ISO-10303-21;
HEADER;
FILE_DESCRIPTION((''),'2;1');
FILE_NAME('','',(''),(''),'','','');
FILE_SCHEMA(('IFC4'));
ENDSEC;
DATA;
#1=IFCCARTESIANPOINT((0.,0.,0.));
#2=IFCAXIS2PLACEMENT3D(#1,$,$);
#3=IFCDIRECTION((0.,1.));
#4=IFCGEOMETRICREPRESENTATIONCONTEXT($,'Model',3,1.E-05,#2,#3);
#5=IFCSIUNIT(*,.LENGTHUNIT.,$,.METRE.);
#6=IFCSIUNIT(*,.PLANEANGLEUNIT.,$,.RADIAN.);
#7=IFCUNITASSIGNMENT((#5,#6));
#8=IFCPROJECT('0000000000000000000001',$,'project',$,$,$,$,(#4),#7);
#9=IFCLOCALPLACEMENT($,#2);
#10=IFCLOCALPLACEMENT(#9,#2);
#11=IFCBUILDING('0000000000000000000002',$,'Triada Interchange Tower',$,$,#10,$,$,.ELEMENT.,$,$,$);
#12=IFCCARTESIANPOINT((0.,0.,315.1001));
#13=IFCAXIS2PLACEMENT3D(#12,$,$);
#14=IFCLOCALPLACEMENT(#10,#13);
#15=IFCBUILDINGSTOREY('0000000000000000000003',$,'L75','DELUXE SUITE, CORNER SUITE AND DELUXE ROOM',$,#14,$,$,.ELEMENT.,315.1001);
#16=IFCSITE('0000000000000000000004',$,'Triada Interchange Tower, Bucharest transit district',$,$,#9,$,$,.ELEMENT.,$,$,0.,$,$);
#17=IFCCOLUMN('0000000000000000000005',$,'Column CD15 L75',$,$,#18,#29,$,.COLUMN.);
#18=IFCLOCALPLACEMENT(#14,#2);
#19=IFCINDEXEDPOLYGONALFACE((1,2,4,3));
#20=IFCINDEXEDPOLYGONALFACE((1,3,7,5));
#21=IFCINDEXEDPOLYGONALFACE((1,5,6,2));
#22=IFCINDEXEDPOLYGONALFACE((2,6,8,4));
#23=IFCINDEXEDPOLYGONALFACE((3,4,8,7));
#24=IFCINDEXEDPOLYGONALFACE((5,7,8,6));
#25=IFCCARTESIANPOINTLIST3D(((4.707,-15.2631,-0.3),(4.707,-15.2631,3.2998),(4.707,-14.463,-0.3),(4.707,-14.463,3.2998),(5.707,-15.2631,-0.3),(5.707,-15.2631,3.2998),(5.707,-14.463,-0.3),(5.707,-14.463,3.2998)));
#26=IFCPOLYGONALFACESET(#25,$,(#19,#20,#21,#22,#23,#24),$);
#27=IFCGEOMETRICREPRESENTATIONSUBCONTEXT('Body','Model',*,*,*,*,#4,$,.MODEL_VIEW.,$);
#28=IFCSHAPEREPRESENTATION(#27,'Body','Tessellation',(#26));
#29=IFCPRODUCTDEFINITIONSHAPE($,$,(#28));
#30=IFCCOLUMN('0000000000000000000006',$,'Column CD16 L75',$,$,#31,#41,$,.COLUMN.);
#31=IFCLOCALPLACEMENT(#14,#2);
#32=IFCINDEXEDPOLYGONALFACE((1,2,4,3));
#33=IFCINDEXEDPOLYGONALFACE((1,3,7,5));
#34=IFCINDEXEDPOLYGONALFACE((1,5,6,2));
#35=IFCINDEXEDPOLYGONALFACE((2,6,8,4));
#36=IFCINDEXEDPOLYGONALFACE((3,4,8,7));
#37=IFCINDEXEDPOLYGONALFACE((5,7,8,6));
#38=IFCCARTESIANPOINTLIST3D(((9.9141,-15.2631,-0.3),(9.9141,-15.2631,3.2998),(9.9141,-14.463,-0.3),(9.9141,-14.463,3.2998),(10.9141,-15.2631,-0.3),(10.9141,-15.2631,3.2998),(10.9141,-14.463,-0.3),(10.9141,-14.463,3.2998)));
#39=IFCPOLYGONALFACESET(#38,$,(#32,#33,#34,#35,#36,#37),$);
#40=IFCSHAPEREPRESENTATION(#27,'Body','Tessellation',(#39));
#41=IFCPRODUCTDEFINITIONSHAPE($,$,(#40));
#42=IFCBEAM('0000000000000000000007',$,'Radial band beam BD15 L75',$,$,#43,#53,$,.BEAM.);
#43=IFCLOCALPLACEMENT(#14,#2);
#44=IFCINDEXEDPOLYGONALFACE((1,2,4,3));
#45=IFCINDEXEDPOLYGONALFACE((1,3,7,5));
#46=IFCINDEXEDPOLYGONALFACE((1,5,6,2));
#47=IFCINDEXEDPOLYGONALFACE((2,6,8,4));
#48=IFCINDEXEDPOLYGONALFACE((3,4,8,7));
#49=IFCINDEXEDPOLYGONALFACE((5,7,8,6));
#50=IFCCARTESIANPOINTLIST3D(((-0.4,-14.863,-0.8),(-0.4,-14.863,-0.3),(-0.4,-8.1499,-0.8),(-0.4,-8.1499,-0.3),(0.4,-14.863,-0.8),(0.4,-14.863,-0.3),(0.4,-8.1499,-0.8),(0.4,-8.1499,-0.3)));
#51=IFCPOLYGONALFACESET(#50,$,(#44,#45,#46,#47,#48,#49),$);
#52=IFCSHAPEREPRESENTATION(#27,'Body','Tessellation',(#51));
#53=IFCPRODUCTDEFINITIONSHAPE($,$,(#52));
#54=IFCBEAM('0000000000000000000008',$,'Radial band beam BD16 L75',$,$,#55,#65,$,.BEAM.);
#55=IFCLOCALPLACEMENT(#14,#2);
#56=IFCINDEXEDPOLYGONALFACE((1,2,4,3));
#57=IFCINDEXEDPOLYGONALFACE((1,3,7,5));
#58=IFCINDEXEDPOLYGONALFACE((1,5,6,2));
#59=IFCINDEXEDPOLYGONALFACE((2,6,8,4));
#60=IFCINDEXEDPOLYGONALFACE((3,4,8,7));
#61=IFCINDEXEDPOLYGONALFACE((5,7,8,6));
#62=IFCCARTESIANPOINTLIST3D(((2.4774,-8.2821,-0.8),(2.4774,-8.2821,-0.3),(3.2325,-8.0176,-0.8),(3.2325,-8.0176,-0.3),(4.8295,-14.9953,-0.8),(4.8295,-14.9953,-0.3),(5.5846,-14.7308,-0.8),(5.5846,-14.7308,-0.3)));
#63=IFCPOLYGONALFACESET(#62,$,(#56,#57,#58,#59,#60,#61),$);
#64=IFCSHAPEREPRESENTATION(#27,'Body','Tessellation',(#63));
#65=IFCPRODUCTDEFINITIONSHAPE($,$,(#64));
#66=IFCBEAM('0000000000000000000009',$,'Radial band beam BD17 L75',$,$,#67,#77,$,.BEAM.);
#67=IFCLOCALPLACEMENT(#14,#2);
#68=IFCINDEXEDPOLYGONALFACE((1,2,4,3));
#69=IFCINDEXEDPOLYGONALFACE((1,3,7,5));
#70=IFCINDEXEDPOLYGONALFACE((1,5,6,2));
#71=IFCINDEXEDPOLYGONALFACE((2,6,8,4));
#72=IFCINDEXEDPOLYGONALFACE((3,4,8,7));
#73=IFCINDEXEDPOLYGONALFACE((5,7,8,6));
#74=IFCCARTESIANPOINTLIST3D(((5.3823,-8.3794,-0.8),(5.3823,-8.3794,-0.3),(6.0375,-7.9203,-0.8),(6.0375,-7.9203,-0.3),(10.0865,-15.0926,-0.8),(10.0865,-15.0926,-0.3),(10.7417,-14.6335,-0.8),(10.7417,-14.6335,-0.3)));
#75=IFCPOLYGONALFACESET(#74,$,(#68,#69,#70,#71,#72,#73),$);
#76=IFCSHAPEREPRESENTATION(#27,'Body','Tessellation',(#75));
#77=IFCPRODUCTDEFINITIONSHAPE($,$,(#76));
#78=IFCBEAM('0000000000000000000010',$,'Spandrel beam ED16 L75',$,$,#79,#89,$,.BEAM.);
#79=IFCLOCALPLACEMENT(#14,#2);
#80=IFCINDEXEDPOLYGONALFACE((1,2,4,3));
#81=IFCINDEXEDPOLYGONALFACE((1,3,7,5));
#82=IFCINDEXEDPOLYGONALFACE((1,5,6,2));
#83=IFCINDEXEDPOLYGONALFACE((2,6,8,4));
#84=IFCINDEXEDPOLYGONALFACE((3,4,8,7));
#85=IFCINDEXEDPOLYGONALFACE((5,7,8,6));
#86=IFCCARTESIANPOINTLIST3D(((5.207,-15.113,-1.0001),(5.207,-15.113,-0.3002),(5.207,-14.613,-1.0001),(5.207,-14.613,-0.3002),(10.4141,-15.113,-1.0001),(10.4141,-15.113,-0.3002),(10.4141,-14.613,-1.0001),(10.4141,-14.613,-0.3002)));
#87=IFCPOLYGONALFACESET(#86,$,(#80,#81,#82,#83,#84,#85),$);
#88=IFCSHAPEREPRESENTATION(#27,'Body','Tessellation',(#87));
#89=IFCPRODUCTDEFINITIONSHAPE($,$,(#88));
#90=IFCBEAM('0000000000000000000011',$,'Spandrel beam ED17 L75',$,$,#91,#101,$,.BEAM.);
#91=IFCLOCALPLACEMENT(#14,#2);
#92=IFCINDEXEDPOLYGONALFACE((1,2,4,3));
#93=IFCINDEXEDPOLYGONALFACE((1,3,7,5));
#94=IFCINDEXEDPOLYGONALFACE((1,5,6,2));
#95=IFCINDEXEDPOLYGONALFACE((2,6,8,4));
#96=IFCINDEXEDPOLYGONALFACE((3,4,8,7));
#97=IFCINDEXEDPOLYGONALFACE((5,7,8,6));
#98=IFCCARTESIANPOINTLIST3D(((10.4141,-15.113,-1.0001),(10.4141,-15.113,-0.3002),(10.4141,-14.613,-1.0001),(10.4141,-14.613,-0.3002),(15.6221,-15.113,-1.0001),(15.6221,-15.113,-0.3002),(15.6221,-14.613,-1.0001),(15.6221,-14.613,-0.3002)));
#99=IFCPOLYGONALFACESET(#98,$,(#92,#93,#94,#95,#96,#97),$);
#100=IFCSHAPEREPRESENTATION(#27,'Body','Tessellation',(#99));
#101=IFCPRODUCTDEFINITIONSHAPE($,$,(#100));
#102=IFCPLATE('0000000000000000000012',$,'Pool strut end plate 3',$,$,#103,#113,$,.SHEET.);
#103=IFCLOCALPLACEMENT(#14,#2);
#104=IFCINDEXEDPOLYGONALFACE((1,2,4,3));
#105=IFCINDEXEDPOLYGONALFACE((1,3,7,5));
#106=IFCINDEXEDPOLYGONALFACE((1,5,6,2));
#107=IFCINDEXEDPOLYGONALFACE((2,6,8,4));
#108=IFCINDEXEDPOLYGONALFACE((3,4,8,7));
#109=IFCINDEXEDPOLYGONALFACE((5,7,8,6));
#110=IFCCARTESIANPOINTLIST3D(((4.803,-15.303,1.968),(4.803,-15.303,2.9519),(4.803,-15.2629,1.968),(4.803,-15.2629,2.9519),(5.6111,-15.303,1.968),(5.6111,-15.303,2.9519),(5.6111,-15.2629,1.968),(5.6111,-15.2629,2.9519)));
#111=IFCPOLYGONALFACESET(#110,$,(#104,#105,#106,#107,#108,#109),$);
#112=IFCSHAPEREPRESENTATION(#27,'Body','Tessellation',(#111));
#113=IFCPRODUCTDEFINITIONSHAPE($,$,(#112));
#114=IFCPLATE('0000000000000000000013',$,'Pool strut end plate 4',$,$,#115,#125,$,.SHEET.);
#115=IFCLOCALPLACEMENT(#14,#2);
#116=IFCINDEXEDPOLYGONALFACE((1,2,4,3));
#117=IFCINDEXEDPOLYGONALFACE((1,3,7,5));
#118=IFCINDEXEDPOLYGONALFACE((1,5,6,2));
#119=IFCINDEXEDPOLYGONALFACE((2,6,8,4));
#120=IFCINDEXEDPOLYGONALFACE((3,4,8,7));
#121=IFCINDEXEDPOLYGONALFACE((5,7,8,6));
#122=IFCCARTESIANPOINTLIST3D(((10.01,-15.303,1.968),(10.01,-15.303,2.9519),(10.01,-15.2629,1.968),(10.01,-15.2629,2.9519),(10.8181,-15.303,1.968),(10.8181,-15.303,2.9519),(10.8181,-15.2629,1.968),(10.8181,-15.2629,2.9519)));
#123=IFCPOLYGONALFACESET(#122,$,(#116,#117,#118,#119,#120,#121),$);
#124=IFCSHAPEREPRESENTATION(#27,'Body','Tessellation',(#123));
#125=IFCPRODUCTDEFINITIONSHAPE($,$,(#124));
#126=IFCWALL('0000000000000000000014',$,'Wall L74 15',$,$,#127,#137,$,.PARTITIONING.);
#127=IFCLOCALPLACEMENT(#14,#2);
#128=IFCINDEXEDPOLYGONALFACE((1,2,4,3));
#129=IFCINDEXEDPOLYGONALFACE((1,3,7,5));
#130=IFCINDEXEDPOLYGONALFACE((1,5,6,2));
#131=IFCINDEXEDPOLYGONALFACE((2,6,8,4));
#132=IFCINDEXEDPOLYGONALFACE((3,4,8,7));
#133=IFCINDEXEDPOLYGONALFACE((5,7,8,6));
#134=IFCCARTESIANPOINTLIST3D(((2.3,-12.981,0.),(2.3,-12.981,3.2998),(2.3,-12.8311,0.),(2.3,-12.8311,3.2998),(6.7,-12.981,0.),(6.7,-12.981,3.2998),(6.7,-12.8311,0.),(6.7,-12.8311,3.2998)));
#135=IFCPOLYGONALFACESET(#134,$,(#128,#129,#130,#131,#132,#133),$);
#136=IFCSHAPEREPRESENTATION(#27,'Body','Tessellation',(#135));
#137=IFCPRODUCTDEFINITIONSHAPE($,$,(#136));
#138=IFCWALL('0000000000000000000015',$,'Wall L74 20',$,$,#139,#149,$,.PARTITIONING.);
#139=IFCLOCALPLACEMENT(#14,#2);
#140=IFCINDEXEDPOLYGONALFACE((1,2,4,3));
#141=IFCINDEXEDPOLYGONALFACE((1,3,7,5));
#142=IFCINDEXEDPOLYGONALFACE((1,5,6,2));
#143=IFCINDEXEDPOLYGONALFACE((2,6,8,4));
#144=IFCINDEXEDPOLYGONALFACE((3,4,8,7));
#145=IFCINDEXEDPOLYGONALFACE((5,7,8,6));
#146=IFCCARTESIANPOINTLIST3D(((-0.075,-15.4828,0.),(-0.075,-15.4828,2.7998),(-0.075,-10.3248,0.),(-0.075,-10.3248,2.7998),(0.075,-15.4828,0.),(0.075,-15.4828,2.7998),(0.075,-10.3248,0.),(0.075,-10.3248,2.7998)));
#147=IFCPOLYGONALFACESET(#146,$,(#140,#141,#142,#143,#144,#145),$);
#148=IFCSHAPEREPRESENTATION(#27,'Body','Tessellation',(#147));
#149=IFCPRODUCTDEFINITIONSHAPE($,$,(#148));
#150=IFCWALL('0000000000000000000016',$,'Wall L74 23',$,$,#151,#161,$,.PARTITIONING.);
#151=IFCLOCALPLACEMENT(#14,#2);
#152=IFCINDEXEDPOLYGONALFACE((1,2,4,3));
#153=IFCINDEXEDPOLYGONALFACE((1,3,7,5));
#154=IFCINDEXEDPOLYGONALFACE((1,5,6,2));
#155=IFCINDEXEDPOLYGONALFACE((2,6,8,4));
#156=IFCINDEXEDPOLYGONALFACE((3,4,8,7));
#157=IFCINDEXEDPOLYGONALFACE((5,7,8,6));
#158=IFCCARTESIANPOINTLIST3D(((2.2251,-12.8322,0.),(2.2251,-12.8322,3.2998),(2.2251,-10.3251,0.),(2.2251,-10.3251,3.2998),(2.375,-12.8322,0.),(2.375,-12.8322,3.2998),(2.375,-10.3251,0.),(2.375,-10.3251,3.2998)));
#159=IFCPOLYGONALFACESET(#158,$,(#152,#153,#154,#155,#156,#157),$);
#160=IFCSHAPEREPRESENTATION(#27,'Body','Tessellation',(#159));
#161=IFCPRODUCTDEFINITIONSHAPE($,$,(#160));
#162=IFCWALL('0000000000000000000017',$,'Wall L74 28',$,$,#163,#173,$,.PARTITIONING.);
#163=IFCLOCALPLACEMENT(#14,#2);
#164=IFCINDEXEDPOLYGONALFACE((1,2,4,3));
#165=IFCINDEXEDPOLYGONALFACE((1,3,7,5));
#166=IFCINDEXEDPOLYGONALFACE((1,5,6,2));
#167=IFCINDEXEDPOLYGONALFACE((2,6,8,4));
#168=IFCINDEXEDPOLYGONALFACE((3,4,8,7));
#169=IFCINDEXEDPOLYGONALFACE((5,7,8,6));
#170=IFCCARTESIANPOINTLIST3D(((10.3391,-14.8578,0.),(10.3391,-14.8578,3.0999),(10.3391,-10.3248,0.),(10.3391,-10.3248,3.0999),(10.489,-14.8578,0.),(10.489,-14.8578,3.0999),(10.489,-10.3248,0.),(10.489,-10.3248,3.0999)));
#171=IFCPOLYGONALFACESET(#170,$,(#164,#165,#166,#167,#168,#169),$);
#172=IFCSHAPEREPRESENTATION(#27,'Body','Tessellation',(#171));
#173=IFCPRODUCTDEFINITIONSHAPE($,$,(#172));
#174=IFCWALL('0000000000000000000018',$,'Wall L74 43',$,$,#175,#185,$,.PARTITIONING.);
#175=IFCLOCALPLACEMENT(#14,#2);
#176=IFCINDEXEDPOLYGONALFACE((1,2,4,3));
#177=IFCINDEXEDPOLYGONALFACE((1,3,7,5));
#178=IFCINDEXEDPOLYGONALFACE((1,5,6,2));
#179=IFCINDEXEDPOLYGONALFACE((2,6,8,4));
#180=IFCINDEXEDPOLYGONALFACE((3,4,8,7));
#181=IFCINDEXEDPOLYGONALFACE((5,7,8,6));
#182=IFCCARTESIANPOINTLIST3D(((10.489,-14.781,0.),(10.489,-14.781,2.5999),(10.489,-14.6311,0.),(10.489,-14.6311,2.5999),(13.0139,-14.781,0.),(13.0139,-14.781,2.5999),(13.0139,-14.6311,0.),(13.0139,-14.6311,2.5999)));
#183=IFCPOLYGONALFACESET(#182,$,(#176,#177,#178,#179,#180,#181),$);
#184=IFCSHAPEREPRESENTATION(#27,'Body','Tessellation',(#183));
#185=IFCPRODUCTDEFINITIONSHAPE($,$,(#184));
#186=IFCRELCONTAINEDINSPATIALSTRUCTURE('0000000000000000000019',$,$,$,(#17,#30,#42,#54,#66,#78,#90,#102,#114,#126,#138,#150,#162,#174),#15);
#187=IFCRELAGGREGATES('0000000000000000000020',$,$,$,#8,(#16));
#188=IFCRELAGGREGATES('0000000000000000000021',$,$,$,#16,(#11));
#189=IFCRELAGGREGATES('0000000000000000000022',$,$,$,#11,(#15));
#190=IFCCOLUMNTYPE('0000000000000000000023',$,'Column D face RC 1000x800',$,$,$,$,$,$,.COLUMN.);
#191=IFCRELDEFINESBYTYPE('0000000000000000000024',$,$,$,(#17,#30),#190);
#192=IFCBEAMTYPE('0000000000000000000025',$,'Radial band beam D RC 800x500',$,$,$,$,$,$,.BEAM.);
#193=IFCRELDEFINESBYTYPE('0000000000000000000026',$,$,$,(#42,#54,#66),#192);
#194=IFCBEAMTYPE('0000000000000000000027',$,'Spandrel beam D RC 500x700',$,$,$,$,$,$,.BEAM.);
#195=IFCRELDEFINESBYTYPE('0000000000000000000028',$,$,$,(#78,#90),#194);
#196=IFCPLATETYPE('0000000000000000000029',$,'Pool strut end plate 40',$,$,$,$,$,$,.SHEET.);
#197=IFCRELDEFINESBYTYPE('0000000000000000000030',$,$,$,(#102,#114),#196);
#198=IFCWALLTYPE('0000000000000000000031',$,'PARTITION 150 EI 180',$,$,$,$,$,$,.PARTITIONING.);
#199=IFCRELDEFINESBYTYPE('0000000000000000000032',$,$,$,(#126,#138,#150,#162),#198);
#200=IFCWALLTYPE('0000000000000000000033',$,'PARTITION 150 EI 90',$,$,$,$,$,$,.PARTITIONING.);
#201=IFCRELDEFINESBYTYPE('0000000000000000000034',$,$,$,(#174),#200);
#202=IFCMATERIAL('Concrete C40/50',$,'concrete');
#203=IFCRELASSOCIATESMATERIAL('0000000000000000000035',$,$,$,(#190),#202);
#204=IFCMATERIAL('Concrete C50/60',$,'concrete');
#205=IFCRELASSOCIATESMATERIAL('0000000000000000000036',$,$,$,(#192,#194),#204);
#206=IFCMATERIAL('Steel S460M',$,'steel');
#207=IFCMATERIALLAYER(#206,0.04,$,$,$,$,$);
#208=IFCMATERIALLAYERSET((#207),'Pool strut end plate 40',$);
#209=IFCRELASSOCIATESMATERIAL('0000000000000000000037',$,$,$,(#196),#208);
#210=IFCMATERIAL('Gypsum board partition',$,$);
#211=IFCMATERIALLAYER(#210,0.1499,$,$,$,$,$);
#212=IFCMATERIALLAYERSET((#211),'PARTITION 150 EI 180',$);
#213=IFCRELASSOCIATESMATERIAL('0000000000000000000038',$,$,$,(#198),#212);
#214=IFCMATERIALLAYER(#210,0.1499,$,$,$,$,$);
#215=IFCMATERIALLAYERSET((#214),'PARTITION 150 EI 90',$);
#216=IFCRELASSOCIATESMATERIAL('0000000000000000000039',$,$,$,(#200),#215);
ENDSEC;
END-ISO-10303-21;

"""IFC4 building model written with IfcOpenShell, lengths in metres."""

from ifc_helpers import new_model, si_unit, direction, frame, frame_2d, origin, origin_2d, place, context, subcontext, project, spatial, rectangle, extrude, material, layer, layer_set, material_profile, profile_set, type_object, element, save


model = new_model("IFC4")

# Units and contexts
model_context = context("Model", 3, precision=1e-05, world=origin(), true_north=direction((0.0, 1.0)))
body_context = subcontext(model_context, "Body", "Model", "MODEL_VIEW")
ifc_project = project(units=[si_unit("LENGTHUNIT", "METRE"), si_unit("PLANEANGLEUNIT", "RADIAN")], contexts=[model_context])

# Site, building, storey
site_placement = place(None, origin())
site = spatial("IfcSite", under=ifc_project, at=site_placement, Name="Triada Interchange Tower, Bucharest transit district", CompositionType="ELEMENT", RefElevation=0.0)
building_placement = place(site_placement, origin())
building = spatial("IfcBuilding", under=site, at=building_placement, Name="Triada Interchange Tower", CompositionType="ELEMENT")
storey_placement = place(building_placement, frame((0.0, 0.0, 315.1001)))
storey = spatial("IfcBuildingStorey", under=building, at=storey_placement, Name="L75", Description="DELUXE SUITE, CORNER SUITE AND DELUXE ROOM", CompositionType="ELEMENT", Elevation=315.1001)

# Columns
ifc_material_1 = material(Name="Concrete C40/50", Category="concrete")
ifc_material_profile_1 = material_profile(ifc_material_1, rectangle(XDim=1.0, YDim=0.8, at=origin_2d()), Name="RC 1000x800")
ifc_profile_set_1 = profile_set([ifc_material_profile_1], Name="Concrete C40/50")
column_type = type_object("IfcColumnType", Name="Column D face RC 1000x800", PredefinedType="COLUMN", material=ifc_profile_set_1)
for number, where, z_axis, x_axis, name in (
    (1, (5.207, -14.863, -0.3), (0.0, 0.0, 1.0), (1.0, 0.0, 0.0), "Column CD15 L75"),
    (2, (10.4141, -14.863, -0.3), (0.0, 0.0, 1.0), (1.0, 0.0, 0.0), "Column CD16 L75"),
):
    element("IfcColumn", number, at=place(storey_placement, frame(where, z_axis=z_axis, x_axis=x_axis)), inside=storey, type_object=column_type, Name=name, PredefinedType="COLUMN", context=body_context, shape_type="SweptSolid", body=[
        extrude(rectangle(XDim=1.0, YDim=0.8, at=origin_2d()), origin(), (0.0, 0.0, 1.0), 3.5999),
    ])

# Beams
ifc_material_2 = material(Name="Concrete C50/60", Category="concrete")
ifc_material_profile_2 = material_profile(ifc_material_2, rectangle(XDim=0.8, YDim=0.5, at=origin_2d()), Name="RC 800x500")
ifc_profile_set_2 = profile_set([ifc_material_profile_2], Name="Concrete C50/60")
beam_type_1 = type_object("IfcBeamType", Name="Radial band beam D RC 800x500", PredefinedType="BEAM", material=ifc_profile_set_2)
beam_1_placement = place(storey_placement, frame((0.0, -14.863, -0.55), z_axis=(0.0, 1.0, 0.0), x_axis=(-1.0, 0.0, 0.0)))
element("IfcBeam", 3, at=beam_1_placement, inside=storey, type_object=beam_type_1, Name="Radial band beam BD15 L75", PredefinedType="BEAM", context=body_context, shape_type="SweptSolid", body=[
    extrude(rectangle(XDim=0.8, YDim=0.5, at=origin_2d()), origin(), (0.0, 0.0, 1.0), 6.7131),
])
beam_2_placement = place(storey_placement, frame((5.207, -14.863, -0.55), z_axis=(-0.330658, 0.943751, 0.0), x_axis=(-0.943751, -0.330658, 0.0)))
element("IfcBeam", 4, at=beam_2_placement, inside=storey, type_object=beam_type_1, Name="Radial band beam BD16 L75", PredefinedType="BEAM", context=body_context, shape_type="SweptSolid", body=[
    extrude(rectangle(XDim=0.8, YDim=0.5, at=origin_2d()), origin(), (0.0, 0.0, 1.0), 7.1133),
])
beam_3_placement = place(storey_placement, frame((10.4141, -14.863, -0.55), z_axis=(-0.573864, 0.818951, 0.0), x_axis=(-0.818951, -0.573864, 0.0)))
element("IfcBeam", 5, at=beam_3_placement, inside=storey, type_object=beam_type_1, Name="Radial band beam BD17 L75", PredefinedType="BEAM", context=body_context, shape_type="SweptSolid", body=[
    extrude(rectangle(XDim=0.8, YDim=0.5, at=origin_2d()), origin(), (0.0, 0.0, 1.0), 8.1973),
])
ifc_material_profile_3 = material_profile(ifc_material_2, rectangle(XDim=0.5, YDim=0.7, at=origin_2d()), Name="RC 500x700")
ifc_profile_set_3 = profile_set([ifc_material_profile_3], Name="Concrete C50/60")
beam_type_2 = type_object("IfcBeamType", Name="Spandrel beam D RC 500x700", PredefinedType="BEAM", material=ifc_profile_set_3)
beam_4_placement = place(storey_placement, frame((5.207, -14.863, -0.6501), z_axis=(1.0, 0.0, 0.0), x_axis=(0.0, 1.0, 0.0)))
element("IfcBeam", 6, at=beam_4_placement, inside=storey, type_object=beam_type_2, Name="Spandrel beam ED16 L75", PredefinedType="BEAM", context=body_context, shape_type="SweptSolid", body=[
    extrude(rectangle(XDim=0.5, YDim=0.7, at=origin_2d()), origin(), (0.0, 0.0, 1.0), 5.207),
])
beam_5_placement = place(storey_placement, frame((10.4141, -14.863, -0.6501), z_axis=(1.0, 0.0, 0.0), x_axis=(0.0, 1.0, 0.0)))
element("IfcBeam", 7, at=beam_5_placement, inside=storey, type_object=beam_type_2, Name="Spandrel beam ED17 L75", PredefinedType="BEAM", context=body_context, shape_type="SweptSolid", body=[
    extrude(rectangle(XDim=0.5, YDim=0.7, at=origin_2d()), origin(), (0.0, 0.0, 1.0), 5.208),
])

# Plates
ifc_material_3 = material(Name="Steel S460M", Category="steel")
ifc_layer_1 = layer(ifc_material_3, 0.04)
ifc_layer_set_1 = layer_set([ifc_layer_1], Name="Pool strut end plate 40")
plate_type = type_object("IfcPlateType", Name="Pool strut end plate 40", PredefinedType="SHEET", material=ifc_layer_set_1)
for number, where, z_axis, x_axis, name in (
    (8, (5.207, -15.283, 1.968), (0.0, 0.0, 1.0), (0.0, -1.0, 0.0), "Pool strut end plate 3"),
    (9, (10.4141, -15.283, 1.968), (0.0, 0.0, 1.0), (0.0, -1.0, 0.0), "Pool strut end plate 4"),
):
    element("IfcPlate", number, at=place(storey_placement, frame(where, z_axis=z_axis, x_axis=x_axis)), inside=storey, type_object=plate_type, Name=name, PredefinedType="SHEET", context=body_context, shape_type="SweptSolid", body=[
        extrude(rectangle(XDim=0.04, YDim=0.8081, at=origin_2d()), origin(), (0.0, 0.0, 1.0), 0.9839),
    ])

# Walls
ifc_material_4 = material(Name="Gypsum board partition")
ifc_layer_2 = layer(ifc_material_4, 0.1499)
ifc_layer_set_2 = layer_set([ifc_layer_2], Name="PARTITION 150 EI 180")
wall_type_1 = type_object("IfcWallType", Name="PARTITION 150 EI 180", PredefinedType="PARTITIONING", material=ifc_layer_set_2)
wall_1_placement = place(storey_placement, frame((2.3, -12.906, 0.0), z_axis=(0.0, 0.0, 1.0), x_axis=(1.0, 0.0, 0.0)))
element("IfcWall", 10, at=wall_1_placement, inside=storey, type_object=wall_type_1, Name="Wall L74 15", PredefinedType="PARTITIONING", context=body_context, shape_type="SweptSolid", body=[
    extrude(rectangle(XDim=4.3999, YDim=0.1499, at=frame_2d((2.2, 0.0))), origin(), (0.0, 0.0, 1.0), 3.2998),
])
wall_2_placement = place(storey_placement, frame((0.0, -15.4829, 0.0), z_axis=(0.0, 0.0, 1.0), x_axis=(0.0, 1.0, 0.0)))
element("IfcWall", 11, at=wall_2_placement, inside=storey, type_object=wall_type_1, Name="Wall L74 20", PredefinedType="PARTITIONING", context=body_context, shape_type="SweptSolid", body=[
    extrude(rectangle(XDim=5.158, YDim=0.1499, at=frame_2d((2.5791, 0.0))), origin(), (0.0, 0.0, 1.0), 2.7998),
])
wall_3_placement = place(storey_placement, frame((2.3, -12.832, 0.0), z_axis=(0.0, 0.0, 1.0), x_axis=(0.0, 1.0, 0.0)))
element("IfcWall", 12, at=wall_3_placement, inside=storey, type_object=wall_type_1, Name="Wall L74 23", PredefinedType="PARTITIONING", context=body_context, shape_type="SweptSolid", body=[
    extrude(rectangle(XDim=2.5071, YDim=0.1499, at=frame_2d((1.2534, 0.0))), origin(), (0.0, 0.0, 1.0), 3.2998),
])
wall_4_placement = place(storey_placement, frame((10.4141, -14.8579, 0.0), z_axis=(0.0, 0.0, 1.0), x_axis=(0.0, 1.0, 0.0)))
element("IfcWall", 13, at=wall_4_placement, inside=storey, type_object=wall_type_1, Name="Wall L74 28", PredefinedType="PARTITIONING", context=body_context, shape_type="SweptSolid", body=[
    extrude(rectangle(XDim=4.533, YDim=0.1499, at=frame_2d((2.2666, 0.0))), origin(), (0.0, 0.0, 1.0), 3.0999),
])
ifc_layer_3 = layer(ifc_material_4, 0.1499)
ifc_layer_set_3 = layer_set([ifc_layer_3], Name="PARTITION 150 EI 90")
wall_type_2 = type_object("IfcWallType", Name="PARTITION 150 EI 90", PredefinedType="PARTITIONING", material=ifc_layer_set_3)
wall_5_placement = place(storey_placement, frame((10.489, -14.7061, 0.0), z_axis=(0.0, 0.0, 1.0), x_axis=(1.0, 0.0, 0.0)))
element("IfcWall", 14, at=wall_5_placement, inside=storey, type_object=wall_type_2, Name="Wall L74 43", PredefinedType="PARTITIONING", context=body_context, shape_type="SweptSolid", body=[
    extrude(rectangle(XDim=2.5249, YDim=0.1499, at=frame_2d((1.2625, 0.0))), origin(), (0.0, 0.0, 1.0), 2.5999),
])

save(model, "model.ifc")
